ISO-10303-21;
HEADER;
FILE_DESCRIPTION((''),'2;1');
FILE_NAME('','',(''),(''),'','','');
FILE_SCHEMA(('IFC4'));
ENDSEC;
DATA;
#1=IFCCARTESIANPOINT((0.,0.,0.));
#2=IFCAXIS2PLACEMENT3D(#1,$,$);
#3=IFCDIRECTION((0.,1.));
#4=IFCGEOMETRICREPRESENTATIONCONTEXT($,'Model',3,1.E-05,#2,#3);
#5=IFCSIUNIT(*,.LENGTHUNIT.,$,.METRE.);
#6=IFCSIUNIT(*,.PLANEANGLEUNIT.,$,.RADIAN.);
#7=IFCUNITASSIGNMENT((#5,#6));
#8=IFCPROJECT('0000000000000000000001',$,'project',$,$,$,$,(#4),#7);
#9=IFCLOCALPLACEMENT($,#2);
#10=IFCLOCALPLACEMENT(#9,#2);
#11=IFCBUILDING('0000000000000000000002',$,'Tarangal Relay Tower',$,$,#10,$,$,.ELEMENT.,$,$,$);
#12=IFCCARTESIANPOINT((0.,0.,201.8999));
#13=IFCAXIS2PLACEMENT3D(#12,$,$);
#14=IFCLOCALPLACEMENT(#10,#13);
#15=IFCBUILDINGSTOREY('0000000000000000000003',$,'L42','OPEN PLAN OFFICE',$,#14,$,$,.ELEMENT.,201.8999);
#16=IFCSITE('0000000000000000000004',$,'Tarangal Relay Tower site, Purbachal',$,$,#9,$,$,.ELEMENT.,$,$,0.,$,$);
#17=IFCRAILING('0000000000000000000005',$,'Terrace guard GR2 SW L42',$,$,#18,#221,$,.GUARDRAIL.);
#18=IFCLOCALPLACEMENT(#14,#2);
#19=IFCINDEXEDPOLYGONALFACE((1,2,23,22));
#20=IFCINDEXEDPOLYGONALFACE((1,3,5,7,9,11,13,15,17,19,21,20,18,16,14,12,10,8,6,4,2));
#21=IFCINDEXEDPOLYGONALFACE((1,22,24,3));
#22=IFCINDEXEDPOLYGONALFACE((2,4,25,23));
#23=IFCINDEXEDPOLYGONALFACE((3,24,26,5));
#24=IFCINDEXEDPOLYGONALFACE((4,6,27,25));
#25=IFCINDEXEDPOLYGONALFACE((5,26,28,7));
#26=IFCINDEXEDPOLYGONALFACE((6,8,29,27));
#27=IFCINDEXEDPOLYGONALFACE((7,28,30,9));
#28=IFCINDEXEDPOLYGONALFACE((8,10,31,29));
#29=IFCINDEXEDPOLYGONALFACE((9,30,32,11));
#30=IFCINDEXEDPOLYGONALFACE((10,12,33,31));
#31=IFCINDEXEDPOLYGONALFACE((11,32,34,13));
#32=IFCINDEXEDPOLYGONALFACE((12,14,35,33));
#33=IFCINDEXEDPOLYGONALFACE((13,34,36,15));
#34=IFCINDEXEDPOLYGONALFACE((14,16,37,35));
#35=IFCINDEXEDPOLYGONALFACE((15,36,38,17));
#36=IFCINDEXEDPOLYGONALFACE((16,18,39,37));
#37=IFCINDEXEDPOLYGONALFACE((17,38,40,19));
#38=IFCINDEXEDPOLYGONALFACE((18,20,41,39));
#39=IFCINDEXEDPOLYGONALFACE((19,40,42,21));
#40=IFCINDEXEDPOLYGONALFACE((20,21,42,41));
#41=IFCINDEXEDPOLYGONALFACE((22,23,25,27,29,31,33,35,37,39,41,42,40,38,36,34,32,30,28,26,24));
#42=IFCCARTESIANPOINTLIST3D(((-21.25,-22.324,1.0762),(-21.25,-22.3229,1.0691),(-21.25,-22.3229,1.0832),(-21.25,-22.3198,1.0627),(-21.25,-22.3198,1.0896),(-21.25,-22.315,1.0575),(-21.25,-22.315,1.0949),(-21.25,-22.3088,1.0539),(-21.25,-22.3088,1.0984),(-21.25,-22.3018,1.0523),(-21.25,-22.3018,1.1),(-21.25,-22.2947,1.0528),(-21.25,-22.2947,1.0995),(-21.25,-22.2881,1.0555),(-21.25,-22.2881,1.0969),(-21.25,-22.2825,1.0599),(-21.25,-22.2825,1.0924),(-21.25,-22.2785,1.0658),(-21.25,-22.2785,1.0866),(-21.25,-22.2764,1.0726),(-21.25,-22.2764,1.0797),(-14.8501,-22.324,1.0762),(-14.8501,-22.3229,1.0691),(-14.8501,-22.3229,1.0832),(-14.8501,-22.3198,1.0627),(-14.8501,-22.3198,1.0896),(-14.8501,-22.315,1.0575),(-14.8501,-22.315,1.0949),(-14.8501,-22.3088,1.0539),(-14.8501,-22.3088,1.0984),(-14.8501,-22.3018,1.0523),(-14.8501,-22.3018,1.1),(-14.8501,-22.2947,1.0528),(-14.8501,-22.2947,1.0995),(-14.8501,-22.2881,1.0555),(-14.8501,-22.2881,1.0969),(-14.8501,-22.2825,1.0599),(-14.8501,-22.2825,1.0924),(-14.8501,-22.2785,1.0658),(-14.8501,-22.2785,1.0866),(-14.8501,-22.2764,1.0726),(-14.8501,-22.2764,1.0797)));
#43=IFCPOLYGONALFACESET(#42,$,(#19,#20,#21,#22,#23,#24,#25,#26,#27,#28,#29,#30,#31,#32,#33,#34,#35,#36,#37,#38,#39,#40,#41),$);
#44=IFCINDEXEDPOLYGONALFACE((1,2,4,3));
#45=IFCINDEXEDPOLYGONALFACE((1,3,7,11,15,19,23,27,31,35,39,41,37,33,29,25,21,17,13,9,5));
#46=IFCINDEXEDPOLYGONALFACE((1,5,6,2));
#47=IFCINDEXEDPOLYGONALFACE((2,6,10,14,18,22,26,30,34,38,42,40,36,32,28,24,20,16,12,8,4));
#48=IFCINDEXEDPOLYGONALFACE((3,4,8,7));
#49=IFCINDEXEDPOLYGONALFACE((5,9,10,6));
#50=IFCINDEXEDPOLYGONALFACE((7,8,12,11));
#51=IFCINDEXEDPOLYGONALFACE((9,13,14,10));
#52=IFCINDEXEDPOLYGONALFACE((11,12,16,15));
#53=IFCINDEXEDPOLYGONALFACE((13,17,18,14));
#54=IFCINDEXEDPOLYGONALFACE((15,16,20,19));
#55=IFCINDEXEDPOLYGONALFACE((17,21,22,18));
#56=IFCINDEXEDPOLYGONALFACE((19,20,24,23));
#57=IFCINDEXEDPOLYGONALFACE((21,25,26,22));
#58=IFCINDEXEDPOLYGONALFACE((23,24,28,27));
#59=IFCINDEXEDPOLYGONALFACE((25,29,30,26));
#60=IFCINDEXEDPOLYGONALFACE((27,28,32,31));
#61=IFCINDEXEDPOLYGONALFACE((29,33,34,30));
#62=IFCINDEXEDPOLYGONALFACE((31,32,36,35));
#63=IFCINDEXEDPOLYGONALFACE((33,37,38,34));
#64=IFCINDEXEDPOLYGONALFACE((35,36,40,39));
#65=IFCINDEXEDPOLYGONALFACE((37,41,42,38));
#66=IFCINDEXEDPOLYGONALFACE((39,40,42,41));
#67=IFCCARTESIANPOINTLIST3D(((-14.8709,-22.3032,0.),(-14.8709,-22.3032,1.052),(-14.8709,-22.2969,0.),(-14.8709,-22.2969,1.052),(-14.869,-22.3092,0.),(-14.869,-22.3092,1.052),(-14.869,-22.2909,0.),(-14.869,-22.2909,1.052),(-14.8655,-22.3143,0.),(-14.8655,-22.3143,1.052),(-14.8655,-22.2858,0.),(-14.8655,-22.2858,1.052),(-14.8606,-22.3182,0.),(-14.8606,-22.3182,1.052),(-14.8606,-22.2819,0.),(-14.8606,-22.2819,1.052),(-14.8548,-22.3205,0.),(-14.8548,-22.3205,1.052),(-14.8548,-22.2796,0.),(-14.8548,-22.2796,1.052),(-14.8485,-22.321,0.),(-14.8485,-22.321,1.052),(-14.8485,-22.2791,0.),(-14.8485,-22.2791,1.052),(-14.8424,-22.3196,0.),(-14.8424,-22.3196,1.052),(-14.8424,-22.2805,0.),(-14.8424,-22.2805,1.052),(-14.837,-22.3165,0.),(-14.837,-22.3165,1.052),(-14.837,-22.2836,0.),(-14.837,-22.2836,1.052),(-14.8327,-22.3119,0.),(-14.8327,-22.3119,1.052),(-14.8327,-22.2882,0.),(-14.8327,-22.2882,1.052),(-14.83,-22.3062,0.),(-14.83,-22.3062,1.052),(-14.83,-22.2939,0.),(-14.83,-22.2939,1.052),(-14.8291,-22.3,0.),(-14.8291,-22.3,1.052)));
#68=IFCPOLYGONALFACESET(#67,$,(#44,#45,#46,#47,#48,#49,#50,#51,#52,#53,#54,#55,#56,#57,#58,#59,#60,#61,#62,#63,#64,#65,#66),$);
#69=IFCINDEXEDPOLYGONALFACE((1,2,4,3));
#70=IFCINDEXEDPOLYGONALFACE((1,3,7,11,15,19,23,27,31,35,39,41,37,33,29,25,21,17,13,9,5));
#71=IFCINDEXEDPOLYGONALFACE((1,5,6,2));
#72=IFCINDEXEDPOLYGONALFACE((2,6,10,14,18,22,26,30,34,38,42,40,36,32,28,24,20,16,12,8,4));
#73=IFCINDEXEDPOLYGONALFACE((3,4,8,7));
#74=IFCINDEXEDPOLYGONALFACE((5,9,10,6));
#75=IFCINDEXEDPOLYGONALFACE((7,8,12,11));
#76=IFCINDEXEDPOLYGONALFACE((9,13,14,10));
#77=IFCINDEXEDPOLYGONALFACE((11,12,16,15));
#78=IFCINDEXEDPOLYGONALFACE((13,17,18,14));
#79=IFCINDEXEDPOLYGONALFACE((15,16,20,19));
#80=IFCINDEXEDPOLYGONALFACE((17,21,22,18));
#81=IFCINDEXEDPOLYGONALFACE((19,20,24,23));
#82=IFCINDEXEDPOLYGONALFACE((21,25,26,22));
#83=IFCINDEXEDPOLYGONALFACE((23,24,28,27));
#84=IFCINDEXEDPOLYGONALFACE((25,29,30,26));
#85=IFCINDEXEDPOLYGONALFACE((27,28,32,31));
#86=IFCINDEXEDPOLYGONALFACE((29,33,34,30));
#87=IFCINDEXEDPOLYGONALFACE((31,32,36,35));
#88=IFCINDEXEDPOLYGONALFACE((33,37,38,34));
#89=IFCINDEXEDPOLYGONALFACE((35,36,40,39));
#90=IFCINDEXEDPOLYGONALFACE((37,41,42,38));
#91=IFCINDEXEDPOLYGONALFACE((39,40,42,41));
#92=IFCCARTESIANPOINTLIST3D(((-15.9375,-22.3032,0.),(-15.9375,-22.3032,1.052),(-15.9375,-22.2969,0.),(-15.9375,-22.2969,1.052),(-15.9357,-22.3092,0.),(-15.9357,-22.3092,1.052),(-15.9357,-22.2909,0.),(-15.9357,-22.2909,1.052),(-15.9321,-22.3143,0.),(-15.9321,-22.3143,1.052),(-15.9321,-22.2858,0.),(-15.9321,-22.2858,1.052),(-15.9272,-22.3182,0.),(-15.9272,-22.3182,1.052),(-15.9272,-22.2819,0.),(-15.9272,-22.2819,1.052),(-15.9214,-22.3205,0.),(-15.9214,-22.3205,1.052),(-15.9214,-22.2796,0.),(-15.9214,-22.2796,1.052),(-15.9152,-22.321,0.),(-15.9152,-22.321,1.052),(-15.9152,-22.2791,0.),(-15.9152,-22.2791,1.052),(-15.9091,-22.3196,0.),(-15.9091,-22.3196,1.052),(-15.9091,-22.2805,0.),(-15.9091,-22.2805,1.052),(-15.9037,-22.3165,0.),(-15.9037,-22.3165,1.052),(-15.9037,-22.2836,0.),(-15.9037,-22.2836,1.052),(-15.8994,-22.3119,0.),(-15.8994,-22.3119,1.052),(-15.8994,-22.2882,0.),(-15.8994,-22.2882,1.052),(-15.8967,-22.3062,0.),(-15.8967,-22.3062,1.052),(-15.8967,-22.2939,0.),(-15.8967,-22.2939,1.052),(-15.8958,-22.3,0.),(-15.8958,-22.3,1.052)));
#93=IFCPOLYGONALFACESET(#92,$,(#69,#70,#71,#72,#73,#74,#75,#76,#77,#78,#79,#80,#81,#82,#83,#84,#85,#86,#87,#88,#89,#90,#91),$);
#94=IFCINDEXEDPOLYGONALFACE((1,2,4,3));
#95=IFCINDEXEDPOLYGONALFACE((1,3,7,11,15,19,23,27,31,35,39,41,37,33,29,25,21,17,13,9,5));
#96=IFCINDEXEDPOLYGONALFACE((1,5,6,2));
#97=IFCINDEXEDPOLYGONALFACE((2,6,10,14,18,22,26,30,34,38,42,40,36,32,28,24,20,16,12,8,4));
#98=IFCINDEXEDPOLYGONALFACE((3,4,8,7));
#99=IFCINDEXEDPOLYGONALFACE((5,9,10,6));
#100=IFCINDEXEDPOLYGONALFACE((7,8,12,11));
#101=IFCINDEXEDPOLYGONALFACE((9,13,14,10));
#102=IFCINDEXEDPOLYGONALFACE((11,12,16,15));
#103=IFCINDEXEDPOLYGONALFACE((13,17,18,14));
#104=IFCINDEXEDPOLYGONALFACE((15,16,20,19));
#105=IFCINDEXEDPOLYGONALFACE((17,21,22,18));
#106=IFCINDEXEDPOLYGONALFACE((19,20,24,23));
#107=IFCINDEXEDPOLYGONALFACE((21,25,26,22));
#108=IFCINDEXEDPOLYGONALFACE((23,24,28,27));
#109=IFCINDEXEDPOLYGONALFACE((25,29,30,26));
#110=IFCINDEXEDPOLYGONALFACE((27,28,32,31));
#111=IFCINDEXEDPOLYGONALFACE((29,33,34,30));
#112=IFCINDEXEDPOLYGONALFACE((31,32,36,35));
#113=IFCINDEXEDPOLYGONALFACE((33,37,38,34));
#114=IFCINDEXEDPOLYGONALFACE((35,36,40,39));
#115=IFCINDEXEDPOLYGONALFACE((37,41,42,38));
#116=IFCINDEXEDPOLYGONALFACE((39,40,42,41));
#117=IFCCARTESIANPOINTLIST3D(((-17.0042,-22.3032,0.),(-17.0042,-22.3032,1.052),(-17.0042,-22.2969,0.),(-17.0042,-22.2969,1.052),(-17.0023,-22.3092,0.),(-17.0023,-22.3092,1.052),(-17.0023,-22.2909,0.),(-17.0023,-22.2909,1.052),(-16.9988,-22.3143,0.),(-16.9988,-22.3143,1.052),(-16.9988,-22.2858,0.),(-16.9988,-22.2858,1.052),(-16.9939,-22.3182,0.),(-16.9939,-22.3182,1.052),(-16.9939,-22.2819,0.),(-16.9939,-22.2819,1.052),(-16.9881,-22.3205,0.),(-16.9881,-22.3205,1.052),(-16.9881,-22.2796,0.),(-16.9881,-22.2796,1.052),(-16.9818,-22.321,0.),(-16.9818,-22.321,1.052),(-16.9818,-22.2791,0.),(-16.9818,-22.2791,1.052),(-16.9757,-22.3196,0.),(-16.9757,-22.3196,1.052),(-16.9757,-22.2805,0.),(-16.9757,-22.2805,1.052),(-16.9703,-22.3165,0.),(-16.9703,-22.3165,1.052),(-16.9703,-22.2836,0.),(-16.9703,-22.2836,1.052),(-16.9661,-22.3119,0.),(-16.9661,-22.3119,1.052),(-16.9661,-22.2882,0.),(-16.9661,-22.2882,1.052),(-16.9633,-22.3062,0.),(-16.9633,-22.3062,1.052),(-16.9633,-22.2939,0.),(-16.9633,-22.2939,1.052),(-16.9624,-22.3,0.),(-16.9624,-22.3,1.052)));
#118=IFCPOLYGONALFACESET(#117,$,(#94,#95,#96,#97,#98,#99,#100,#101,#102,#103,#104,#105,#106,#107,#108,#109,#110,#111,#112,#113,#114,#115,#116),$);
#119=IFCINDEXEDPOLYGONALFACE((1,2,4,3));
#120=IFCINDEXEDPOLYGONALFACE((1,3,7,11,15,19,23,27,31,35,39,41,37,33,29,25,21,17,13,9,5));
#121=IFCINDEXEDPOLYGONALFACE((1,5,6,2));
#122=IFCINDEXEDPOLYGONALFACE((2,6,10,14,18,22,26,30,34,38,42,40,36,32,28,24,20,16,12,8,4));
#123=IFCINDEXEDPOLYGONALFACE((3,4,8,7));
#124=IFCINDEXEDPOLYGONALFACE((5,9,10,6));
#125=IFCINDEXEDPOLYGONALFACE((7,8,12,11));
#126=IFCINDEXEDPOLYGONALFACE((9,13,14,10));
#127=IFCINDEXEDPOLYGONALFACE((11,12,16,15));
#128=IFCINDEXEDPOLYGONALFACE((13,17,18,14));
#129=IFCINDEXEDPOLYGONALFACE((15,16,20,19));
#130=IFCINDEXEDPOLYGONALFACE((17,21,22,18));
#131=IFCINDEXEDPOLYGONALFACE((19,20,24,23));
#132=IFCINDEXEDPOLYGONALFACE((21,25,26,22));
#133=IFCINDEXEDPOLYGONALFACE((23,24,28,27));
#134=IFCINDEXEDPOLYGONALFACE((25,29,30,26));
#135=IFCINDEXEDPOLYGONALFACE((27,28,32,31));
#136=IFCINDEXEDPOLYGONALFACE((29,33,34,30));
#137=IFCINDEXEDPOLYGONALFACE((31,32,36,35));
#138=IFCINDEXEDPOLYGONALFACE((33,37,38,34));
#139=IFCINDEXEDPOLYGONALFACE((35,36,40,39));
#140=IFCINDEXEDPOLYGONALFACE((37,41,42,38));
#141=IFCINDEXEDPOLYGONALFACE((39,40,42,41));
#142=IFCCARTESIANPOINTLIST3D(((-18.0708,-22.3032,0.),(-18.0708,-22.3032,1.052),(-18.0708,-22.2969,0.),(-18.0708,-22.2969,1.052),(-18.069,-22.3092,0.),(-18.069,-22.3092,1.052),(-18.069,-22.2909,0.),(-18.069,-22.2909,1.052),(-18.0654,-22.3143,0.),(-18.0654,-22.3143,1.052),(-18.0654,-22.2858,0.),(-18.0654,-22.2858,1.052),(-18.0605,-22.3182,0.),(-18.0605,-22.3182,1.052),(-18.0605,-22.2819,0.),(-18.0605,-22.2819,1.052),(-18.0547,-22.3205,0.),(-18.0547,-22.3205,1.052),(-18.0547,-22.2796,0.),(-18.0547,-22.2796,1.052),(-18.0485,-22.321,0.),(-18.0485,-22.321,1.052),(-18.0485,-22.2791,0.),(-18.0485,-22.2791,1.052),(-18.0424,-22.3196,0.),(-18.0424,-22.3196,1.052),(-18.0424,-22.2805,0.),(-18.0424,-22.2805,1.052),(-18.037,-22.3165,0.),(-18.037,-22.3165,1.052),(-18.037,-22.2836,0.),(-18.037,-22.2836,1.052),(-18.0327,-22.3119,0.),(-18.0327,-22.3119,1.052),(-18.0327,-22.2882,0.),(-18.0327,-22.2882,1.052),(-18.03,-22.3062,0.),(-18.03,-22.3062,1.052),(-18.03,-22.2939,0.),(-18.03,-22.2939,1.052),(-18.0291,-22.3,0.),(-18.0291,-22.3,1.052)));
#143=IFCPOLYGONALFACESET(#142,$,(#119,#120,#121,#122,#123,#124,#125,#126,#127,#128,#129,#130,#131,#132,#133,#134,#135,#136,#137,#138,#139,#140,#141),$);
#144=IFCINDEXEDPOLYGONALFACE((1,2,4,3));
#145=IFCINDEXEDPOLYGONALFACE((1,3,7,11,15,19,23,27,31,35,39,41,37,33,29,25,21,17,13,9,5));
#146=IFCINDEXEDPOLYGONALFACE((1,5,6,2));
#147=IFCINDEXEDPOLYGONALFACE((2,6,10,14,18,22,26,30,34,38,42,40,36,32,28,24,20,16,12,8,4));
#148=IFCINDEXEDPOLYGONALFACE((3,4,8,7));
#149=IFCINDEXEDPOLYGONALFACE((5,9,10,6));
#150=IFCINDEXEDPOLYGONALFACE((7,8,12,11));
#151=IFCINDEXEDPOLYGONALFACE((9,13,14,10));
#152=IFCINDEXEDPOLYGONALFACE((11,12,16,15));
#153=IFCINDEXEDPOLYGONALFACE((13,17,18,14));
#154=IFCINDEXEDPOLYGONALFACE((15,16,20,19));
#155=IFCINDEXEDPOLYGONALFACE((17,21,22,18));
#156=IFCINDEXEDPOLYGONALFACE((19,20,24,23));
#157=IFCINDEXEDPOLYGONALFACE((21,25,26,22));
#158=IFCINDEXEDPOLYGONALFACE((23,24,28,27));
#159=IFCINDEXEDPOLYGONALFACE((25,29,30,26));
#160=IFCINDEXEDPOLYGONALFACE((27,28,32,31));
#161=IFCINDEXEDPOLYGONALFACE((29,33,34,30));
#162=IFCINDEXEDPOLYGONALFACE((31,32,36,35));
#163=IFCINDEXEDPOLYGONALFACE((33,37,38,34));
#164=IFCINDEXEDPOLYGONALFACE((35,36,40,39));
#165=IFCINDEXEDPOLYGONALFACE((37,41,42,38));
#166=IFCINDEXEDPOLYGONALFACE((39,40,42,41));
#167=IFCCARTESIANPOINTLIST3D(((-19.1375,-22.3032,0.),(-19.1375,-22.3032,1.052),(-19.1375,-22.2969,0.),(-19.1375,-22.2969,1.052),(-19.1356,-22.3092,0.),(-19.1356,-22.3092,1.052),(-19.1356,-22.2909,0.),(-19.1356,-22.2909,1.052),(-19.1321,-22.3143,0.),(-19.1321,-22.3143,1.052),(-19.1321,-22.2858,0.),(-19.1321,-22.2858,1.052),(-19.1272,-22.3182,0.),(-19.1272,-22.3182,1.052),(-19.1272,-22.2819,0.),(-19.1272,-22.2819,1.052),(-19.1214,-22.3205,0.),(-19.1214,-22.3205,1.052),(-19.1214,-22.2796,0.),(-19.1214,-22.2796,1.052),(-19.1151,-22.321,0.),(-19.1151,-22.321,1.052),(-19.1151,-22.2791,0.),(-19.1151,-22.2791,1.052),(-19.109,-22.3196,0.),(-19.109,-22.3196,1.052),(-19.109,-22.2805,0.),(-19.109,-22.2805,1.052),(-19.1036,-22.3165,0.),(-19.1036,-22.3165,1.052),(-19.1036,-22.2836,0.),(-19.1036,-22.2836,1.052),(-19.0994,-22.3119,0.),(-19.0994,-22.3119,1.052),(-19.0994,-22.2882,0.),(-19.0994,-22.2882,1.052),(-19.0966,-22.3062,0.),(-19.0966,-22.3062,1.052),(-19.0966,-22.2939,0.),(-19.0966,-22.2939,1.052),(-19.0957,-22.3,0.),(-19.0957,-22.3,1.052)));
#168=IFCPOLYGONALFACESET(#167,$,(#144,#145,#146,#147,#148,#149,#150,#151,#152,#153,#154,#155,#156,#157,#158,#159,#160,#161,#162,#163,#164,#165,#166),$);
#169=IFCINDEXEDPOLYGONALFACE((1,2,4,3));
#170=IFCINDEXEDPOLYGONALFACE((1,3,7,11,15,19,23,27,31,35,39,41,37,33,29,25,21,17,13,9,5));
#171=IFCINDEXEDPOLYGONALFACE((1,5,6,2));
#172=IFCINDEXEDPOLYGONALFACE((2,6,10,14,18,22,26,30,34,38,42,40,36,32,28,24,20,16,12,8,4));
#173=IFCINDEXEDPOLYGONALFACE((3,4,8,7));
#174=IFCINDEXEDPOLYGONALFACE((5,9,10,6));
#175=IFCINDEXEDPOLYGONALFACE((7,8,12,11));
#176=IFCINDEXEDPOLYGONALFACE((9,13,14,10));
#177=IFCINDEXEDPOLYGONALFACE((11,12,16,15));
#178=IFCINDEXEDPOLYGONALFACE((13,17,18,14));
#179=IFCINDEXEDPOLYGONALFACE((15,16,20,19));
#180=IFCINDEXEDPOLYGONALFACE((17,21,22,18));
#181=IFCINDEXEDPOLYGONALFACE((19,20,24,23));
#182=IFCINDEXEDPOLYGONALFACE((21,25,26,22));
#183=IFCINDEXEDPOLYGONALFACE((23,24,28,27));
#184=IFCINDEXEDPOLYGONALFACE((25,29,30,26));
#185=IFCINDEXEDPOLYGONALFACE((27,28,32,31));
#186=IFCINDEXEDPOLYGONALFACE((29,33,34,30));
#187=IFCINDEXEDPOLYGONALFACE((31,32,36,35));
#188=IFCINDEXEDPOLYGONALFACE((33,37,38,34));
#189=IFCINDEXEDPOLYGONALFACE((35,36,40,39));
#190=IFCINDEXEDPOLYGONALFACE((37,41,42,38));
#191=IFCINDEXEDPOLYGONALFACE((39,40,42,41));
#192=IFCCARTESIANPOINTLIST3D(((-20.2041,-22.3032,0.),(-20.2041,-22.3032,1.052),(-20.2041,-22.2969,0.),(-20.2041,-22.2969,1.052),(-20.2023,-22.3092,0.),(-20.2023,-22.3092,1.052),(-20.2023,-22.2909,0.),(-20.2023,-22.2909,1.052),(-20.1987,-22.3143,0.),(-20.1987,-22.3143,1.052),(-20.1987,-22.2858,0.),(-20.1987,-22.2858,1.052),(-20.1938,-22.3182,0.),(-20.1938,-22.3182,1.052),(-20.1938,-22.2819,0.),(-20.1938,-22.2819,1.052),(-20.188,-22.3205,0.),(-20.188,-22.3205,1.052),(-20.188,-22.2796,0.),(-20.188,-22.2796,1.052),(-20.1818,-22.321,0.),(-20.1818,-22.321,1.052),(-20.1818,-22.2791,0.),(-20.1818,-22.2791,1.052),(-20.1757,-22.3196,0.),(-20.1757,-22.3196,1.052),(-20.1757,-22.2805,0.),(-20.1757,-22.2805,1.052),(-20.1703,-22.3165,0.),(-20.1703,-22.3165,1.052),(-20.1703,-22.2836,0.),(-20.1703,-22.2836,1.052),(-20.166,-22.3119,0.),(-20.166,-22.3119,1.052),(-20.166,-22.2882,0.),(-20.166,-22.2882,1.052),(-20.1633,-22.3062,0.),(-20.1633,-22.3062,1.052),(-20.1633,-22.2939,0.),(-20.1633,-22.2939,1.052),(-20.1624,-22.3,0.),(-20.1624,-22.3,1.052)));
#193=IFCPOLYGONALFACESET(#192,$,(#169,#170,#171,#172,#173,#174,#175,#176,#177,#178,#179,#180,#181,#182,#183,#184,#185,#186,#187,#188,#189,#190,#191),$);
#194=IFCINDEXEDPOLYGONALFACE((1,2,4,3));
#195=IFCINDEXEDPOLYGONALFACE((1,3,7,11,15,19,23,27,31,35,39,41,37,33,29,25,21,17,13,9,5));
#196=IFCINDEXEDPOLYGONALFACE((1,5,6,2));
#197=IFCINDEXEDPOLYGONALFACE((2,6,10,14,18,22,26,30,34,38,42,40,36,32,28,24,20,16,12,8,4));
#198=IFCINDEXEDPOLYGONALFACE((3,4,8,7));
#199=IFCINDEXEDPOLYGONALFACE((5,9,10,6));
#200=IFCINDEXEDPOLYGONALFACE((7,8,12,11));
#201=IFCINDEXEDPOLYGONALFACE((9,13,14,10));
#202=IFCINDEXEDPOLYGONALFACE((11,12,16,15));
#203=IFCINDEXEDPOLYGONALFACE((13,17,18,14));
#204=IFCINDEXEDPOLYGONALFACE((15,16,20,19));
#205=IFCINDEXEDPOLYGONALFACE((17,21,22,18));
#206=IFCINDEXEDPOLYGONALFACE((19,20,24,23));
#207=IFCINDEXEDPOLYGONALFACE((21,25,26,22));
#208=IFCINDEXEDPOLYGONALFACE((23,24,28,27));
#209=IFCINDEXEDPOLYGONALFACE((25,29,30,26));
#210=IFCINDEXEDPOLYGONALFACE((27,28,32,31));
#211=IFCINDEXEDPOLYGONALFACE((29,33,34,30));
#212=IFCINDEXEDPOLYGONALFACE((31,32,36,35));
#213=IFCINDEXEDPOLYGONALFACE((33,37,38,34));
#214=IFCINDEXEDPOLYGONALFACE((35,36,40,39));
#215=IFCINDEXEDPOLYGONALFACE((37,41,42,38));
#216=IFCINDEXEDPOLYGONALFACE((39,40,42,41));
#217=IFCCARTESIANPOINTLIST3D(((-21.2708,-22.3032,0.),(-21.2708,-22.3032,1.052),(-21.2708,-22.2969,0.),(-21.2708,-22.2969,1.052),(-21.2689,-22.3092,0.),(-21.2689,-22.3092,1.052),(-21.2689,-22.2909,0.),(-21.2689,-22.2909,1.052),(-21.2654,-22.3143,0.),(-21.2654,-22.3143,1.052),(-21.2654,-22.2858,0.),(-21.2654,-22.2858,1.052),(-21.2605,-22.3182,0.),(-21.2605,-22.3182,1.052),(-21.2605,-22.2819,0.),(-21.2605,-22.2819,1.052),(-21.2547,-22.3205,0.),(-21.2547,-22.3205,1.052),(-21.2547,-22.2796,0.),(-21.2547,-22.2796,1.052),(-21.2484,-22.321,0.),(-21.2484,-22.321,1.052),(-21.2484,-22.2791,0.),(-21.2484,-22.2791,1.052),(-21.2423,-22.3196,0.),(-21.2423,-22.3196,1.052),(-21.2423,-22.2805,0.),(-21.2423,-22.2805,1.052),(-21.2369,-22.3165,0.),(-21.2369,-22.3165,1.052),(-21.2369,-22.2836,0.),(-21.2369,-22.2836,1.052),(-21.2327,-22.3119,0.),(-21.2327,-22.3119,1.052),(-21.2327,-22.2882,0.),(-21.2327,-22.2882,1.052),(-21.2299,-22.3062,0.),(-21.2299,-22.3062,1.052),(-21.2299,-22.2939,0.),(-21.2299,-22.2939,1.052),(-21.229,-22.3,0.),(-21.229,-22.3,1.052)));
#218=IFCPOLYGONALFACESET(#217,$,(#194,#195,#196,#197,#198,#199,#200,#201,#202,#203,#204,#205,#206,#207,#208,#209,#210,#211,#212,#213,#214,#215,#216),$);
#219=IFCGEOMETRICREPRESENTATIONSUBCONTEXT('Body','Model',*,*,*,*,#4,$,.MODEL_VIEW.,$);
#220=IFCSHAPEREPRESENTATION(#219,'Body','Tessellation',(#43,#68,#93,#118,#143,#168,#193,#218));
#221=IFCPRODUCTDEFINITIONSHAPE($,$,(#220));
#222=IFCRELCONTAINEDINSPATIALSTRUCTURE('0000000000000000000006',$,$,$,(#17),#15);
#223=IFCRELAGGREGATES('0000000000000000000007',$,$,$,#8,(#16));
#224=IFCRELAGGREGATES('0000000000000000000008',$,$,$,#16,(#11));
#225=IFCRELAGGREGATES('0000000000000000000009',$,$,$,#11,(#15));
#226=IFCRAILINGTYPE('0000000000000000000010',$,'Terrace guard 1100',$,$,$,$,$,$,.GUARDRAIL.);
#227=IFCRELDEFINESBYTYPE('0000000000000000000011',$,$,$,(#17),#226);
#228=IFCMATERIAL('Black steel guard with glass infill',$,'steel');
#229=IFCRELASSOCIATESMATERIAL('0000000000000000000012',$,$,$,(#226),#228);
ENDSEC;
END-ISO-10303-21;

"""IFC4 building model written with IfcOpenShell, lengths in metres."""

from ifc_helpers import new_model, si_unit, direction, frame, origin, origin_2d, place, context, subcontext, project, spatial, circle, extrude, material, type_object, element, save


model = new_model("IFC4")

# Units and contexts
model_context = context("Model", 3, precision=1e-05, world=origin(), true_north=direction((0.0, 1.0)))
body_context = subcontext(model_context, "Body", "Model", "MODEL_VIEW")
ifc_project = project(units=[si_unit("LENGTHUNIT", "METRE"), si_unit("PLANEANGLEUNIT", "RADIAN")], contexts=[model_context])

# Site, building, storey
site_placement = place(None, origin())
site = spatial("IfcSite", under=ifc_project, at=site_placement, Name="Tarangal Relay Tower site, Purbachal", CompositionType="ELEMENT", RefElevation=0.0)
building_placement = place(site_placement, origin())
building = spatial("IfcBuilding", under=site, at=building_placement, Name="Tarangal Relay Tower", CompositionType="ELEMENT")
storey_placement = place(building_placement, frame((0.0, 0.0, 201.8999)))
storey = spatial("IfcBuildingStorey", under=building, at=storey_placement, Name="L42", Description="OPEN PLAN OFFICE", CompositionType="ELEMENT", Elevation=201.8999)

# Railing
ifc_material_1 = material(Name="Black steel guard with glass infill", Category="steel")
railing_type = type_object("IfcRailingType", Name="Terrace guard 1100", PredefinedType="GUARDRAIL", material=ifc_material_1)
railing_1_placement = place(storey_placement, frame((-14.8501, -22.3, 0.0)))
element("IfcRailing", 1, at=railing_1_placement, inside=storey, type_object=railing_type, Name="Terrace guard GR2 SW L42", PredefinedType="GUARDRAIL", context=body_context, shape_type="SweptSolid", body=[
    extrude(circle(Radius=0.0239, at=origin_2d()), frame((0.0, 0.0, 1.0762), z_axis=(-1.0, 0.0, 0.0), x_axis=(0.0, -1.0, 0.0)), (0.0, 0.0, 1.0), 6.3999),
    extrude(circle(Radius=0.021, at=origin_2d()), origin(), (0.0, 0.0, 1.0), 1.052),
    extrude(circle(Radius=0.021, at=origin_2d()), frame((-1.0667, 0.0, 0.0)), (0.0, 0.0, 1.0), 1.052),
    extrude(circle(Radius=0.021, at=origin_2d()), frame((-2.1333, 0.0, 0.0)), (0.0, 0.0, 1.0), 1.052),
    extrude(circle(Radius=0.021, at=origin_2d()), frame((-3.2, 0.0, 0.0)), (0.0, 0.0, 1.0), 1.052),
    extrude(circle(Radius=0.021, at=origin_2d()), frame((-4.2666, 0.0, 0.0)), (0.0, 0.0, 1.0), 1.052),
    extrude(circle(Radius=0.021, at=origin_2d()), frame((-5.3333, 0.0, 0.0)), (0.0, 0.0, 1.0), 1.052),
    extrude(circle(Radius=0.021, at=origin_2d()), frame((-6.3999, 0.0, 0.0)), (0.0, 0.0, 1.0), 1.052),
])

save(model, "model.ifc")
